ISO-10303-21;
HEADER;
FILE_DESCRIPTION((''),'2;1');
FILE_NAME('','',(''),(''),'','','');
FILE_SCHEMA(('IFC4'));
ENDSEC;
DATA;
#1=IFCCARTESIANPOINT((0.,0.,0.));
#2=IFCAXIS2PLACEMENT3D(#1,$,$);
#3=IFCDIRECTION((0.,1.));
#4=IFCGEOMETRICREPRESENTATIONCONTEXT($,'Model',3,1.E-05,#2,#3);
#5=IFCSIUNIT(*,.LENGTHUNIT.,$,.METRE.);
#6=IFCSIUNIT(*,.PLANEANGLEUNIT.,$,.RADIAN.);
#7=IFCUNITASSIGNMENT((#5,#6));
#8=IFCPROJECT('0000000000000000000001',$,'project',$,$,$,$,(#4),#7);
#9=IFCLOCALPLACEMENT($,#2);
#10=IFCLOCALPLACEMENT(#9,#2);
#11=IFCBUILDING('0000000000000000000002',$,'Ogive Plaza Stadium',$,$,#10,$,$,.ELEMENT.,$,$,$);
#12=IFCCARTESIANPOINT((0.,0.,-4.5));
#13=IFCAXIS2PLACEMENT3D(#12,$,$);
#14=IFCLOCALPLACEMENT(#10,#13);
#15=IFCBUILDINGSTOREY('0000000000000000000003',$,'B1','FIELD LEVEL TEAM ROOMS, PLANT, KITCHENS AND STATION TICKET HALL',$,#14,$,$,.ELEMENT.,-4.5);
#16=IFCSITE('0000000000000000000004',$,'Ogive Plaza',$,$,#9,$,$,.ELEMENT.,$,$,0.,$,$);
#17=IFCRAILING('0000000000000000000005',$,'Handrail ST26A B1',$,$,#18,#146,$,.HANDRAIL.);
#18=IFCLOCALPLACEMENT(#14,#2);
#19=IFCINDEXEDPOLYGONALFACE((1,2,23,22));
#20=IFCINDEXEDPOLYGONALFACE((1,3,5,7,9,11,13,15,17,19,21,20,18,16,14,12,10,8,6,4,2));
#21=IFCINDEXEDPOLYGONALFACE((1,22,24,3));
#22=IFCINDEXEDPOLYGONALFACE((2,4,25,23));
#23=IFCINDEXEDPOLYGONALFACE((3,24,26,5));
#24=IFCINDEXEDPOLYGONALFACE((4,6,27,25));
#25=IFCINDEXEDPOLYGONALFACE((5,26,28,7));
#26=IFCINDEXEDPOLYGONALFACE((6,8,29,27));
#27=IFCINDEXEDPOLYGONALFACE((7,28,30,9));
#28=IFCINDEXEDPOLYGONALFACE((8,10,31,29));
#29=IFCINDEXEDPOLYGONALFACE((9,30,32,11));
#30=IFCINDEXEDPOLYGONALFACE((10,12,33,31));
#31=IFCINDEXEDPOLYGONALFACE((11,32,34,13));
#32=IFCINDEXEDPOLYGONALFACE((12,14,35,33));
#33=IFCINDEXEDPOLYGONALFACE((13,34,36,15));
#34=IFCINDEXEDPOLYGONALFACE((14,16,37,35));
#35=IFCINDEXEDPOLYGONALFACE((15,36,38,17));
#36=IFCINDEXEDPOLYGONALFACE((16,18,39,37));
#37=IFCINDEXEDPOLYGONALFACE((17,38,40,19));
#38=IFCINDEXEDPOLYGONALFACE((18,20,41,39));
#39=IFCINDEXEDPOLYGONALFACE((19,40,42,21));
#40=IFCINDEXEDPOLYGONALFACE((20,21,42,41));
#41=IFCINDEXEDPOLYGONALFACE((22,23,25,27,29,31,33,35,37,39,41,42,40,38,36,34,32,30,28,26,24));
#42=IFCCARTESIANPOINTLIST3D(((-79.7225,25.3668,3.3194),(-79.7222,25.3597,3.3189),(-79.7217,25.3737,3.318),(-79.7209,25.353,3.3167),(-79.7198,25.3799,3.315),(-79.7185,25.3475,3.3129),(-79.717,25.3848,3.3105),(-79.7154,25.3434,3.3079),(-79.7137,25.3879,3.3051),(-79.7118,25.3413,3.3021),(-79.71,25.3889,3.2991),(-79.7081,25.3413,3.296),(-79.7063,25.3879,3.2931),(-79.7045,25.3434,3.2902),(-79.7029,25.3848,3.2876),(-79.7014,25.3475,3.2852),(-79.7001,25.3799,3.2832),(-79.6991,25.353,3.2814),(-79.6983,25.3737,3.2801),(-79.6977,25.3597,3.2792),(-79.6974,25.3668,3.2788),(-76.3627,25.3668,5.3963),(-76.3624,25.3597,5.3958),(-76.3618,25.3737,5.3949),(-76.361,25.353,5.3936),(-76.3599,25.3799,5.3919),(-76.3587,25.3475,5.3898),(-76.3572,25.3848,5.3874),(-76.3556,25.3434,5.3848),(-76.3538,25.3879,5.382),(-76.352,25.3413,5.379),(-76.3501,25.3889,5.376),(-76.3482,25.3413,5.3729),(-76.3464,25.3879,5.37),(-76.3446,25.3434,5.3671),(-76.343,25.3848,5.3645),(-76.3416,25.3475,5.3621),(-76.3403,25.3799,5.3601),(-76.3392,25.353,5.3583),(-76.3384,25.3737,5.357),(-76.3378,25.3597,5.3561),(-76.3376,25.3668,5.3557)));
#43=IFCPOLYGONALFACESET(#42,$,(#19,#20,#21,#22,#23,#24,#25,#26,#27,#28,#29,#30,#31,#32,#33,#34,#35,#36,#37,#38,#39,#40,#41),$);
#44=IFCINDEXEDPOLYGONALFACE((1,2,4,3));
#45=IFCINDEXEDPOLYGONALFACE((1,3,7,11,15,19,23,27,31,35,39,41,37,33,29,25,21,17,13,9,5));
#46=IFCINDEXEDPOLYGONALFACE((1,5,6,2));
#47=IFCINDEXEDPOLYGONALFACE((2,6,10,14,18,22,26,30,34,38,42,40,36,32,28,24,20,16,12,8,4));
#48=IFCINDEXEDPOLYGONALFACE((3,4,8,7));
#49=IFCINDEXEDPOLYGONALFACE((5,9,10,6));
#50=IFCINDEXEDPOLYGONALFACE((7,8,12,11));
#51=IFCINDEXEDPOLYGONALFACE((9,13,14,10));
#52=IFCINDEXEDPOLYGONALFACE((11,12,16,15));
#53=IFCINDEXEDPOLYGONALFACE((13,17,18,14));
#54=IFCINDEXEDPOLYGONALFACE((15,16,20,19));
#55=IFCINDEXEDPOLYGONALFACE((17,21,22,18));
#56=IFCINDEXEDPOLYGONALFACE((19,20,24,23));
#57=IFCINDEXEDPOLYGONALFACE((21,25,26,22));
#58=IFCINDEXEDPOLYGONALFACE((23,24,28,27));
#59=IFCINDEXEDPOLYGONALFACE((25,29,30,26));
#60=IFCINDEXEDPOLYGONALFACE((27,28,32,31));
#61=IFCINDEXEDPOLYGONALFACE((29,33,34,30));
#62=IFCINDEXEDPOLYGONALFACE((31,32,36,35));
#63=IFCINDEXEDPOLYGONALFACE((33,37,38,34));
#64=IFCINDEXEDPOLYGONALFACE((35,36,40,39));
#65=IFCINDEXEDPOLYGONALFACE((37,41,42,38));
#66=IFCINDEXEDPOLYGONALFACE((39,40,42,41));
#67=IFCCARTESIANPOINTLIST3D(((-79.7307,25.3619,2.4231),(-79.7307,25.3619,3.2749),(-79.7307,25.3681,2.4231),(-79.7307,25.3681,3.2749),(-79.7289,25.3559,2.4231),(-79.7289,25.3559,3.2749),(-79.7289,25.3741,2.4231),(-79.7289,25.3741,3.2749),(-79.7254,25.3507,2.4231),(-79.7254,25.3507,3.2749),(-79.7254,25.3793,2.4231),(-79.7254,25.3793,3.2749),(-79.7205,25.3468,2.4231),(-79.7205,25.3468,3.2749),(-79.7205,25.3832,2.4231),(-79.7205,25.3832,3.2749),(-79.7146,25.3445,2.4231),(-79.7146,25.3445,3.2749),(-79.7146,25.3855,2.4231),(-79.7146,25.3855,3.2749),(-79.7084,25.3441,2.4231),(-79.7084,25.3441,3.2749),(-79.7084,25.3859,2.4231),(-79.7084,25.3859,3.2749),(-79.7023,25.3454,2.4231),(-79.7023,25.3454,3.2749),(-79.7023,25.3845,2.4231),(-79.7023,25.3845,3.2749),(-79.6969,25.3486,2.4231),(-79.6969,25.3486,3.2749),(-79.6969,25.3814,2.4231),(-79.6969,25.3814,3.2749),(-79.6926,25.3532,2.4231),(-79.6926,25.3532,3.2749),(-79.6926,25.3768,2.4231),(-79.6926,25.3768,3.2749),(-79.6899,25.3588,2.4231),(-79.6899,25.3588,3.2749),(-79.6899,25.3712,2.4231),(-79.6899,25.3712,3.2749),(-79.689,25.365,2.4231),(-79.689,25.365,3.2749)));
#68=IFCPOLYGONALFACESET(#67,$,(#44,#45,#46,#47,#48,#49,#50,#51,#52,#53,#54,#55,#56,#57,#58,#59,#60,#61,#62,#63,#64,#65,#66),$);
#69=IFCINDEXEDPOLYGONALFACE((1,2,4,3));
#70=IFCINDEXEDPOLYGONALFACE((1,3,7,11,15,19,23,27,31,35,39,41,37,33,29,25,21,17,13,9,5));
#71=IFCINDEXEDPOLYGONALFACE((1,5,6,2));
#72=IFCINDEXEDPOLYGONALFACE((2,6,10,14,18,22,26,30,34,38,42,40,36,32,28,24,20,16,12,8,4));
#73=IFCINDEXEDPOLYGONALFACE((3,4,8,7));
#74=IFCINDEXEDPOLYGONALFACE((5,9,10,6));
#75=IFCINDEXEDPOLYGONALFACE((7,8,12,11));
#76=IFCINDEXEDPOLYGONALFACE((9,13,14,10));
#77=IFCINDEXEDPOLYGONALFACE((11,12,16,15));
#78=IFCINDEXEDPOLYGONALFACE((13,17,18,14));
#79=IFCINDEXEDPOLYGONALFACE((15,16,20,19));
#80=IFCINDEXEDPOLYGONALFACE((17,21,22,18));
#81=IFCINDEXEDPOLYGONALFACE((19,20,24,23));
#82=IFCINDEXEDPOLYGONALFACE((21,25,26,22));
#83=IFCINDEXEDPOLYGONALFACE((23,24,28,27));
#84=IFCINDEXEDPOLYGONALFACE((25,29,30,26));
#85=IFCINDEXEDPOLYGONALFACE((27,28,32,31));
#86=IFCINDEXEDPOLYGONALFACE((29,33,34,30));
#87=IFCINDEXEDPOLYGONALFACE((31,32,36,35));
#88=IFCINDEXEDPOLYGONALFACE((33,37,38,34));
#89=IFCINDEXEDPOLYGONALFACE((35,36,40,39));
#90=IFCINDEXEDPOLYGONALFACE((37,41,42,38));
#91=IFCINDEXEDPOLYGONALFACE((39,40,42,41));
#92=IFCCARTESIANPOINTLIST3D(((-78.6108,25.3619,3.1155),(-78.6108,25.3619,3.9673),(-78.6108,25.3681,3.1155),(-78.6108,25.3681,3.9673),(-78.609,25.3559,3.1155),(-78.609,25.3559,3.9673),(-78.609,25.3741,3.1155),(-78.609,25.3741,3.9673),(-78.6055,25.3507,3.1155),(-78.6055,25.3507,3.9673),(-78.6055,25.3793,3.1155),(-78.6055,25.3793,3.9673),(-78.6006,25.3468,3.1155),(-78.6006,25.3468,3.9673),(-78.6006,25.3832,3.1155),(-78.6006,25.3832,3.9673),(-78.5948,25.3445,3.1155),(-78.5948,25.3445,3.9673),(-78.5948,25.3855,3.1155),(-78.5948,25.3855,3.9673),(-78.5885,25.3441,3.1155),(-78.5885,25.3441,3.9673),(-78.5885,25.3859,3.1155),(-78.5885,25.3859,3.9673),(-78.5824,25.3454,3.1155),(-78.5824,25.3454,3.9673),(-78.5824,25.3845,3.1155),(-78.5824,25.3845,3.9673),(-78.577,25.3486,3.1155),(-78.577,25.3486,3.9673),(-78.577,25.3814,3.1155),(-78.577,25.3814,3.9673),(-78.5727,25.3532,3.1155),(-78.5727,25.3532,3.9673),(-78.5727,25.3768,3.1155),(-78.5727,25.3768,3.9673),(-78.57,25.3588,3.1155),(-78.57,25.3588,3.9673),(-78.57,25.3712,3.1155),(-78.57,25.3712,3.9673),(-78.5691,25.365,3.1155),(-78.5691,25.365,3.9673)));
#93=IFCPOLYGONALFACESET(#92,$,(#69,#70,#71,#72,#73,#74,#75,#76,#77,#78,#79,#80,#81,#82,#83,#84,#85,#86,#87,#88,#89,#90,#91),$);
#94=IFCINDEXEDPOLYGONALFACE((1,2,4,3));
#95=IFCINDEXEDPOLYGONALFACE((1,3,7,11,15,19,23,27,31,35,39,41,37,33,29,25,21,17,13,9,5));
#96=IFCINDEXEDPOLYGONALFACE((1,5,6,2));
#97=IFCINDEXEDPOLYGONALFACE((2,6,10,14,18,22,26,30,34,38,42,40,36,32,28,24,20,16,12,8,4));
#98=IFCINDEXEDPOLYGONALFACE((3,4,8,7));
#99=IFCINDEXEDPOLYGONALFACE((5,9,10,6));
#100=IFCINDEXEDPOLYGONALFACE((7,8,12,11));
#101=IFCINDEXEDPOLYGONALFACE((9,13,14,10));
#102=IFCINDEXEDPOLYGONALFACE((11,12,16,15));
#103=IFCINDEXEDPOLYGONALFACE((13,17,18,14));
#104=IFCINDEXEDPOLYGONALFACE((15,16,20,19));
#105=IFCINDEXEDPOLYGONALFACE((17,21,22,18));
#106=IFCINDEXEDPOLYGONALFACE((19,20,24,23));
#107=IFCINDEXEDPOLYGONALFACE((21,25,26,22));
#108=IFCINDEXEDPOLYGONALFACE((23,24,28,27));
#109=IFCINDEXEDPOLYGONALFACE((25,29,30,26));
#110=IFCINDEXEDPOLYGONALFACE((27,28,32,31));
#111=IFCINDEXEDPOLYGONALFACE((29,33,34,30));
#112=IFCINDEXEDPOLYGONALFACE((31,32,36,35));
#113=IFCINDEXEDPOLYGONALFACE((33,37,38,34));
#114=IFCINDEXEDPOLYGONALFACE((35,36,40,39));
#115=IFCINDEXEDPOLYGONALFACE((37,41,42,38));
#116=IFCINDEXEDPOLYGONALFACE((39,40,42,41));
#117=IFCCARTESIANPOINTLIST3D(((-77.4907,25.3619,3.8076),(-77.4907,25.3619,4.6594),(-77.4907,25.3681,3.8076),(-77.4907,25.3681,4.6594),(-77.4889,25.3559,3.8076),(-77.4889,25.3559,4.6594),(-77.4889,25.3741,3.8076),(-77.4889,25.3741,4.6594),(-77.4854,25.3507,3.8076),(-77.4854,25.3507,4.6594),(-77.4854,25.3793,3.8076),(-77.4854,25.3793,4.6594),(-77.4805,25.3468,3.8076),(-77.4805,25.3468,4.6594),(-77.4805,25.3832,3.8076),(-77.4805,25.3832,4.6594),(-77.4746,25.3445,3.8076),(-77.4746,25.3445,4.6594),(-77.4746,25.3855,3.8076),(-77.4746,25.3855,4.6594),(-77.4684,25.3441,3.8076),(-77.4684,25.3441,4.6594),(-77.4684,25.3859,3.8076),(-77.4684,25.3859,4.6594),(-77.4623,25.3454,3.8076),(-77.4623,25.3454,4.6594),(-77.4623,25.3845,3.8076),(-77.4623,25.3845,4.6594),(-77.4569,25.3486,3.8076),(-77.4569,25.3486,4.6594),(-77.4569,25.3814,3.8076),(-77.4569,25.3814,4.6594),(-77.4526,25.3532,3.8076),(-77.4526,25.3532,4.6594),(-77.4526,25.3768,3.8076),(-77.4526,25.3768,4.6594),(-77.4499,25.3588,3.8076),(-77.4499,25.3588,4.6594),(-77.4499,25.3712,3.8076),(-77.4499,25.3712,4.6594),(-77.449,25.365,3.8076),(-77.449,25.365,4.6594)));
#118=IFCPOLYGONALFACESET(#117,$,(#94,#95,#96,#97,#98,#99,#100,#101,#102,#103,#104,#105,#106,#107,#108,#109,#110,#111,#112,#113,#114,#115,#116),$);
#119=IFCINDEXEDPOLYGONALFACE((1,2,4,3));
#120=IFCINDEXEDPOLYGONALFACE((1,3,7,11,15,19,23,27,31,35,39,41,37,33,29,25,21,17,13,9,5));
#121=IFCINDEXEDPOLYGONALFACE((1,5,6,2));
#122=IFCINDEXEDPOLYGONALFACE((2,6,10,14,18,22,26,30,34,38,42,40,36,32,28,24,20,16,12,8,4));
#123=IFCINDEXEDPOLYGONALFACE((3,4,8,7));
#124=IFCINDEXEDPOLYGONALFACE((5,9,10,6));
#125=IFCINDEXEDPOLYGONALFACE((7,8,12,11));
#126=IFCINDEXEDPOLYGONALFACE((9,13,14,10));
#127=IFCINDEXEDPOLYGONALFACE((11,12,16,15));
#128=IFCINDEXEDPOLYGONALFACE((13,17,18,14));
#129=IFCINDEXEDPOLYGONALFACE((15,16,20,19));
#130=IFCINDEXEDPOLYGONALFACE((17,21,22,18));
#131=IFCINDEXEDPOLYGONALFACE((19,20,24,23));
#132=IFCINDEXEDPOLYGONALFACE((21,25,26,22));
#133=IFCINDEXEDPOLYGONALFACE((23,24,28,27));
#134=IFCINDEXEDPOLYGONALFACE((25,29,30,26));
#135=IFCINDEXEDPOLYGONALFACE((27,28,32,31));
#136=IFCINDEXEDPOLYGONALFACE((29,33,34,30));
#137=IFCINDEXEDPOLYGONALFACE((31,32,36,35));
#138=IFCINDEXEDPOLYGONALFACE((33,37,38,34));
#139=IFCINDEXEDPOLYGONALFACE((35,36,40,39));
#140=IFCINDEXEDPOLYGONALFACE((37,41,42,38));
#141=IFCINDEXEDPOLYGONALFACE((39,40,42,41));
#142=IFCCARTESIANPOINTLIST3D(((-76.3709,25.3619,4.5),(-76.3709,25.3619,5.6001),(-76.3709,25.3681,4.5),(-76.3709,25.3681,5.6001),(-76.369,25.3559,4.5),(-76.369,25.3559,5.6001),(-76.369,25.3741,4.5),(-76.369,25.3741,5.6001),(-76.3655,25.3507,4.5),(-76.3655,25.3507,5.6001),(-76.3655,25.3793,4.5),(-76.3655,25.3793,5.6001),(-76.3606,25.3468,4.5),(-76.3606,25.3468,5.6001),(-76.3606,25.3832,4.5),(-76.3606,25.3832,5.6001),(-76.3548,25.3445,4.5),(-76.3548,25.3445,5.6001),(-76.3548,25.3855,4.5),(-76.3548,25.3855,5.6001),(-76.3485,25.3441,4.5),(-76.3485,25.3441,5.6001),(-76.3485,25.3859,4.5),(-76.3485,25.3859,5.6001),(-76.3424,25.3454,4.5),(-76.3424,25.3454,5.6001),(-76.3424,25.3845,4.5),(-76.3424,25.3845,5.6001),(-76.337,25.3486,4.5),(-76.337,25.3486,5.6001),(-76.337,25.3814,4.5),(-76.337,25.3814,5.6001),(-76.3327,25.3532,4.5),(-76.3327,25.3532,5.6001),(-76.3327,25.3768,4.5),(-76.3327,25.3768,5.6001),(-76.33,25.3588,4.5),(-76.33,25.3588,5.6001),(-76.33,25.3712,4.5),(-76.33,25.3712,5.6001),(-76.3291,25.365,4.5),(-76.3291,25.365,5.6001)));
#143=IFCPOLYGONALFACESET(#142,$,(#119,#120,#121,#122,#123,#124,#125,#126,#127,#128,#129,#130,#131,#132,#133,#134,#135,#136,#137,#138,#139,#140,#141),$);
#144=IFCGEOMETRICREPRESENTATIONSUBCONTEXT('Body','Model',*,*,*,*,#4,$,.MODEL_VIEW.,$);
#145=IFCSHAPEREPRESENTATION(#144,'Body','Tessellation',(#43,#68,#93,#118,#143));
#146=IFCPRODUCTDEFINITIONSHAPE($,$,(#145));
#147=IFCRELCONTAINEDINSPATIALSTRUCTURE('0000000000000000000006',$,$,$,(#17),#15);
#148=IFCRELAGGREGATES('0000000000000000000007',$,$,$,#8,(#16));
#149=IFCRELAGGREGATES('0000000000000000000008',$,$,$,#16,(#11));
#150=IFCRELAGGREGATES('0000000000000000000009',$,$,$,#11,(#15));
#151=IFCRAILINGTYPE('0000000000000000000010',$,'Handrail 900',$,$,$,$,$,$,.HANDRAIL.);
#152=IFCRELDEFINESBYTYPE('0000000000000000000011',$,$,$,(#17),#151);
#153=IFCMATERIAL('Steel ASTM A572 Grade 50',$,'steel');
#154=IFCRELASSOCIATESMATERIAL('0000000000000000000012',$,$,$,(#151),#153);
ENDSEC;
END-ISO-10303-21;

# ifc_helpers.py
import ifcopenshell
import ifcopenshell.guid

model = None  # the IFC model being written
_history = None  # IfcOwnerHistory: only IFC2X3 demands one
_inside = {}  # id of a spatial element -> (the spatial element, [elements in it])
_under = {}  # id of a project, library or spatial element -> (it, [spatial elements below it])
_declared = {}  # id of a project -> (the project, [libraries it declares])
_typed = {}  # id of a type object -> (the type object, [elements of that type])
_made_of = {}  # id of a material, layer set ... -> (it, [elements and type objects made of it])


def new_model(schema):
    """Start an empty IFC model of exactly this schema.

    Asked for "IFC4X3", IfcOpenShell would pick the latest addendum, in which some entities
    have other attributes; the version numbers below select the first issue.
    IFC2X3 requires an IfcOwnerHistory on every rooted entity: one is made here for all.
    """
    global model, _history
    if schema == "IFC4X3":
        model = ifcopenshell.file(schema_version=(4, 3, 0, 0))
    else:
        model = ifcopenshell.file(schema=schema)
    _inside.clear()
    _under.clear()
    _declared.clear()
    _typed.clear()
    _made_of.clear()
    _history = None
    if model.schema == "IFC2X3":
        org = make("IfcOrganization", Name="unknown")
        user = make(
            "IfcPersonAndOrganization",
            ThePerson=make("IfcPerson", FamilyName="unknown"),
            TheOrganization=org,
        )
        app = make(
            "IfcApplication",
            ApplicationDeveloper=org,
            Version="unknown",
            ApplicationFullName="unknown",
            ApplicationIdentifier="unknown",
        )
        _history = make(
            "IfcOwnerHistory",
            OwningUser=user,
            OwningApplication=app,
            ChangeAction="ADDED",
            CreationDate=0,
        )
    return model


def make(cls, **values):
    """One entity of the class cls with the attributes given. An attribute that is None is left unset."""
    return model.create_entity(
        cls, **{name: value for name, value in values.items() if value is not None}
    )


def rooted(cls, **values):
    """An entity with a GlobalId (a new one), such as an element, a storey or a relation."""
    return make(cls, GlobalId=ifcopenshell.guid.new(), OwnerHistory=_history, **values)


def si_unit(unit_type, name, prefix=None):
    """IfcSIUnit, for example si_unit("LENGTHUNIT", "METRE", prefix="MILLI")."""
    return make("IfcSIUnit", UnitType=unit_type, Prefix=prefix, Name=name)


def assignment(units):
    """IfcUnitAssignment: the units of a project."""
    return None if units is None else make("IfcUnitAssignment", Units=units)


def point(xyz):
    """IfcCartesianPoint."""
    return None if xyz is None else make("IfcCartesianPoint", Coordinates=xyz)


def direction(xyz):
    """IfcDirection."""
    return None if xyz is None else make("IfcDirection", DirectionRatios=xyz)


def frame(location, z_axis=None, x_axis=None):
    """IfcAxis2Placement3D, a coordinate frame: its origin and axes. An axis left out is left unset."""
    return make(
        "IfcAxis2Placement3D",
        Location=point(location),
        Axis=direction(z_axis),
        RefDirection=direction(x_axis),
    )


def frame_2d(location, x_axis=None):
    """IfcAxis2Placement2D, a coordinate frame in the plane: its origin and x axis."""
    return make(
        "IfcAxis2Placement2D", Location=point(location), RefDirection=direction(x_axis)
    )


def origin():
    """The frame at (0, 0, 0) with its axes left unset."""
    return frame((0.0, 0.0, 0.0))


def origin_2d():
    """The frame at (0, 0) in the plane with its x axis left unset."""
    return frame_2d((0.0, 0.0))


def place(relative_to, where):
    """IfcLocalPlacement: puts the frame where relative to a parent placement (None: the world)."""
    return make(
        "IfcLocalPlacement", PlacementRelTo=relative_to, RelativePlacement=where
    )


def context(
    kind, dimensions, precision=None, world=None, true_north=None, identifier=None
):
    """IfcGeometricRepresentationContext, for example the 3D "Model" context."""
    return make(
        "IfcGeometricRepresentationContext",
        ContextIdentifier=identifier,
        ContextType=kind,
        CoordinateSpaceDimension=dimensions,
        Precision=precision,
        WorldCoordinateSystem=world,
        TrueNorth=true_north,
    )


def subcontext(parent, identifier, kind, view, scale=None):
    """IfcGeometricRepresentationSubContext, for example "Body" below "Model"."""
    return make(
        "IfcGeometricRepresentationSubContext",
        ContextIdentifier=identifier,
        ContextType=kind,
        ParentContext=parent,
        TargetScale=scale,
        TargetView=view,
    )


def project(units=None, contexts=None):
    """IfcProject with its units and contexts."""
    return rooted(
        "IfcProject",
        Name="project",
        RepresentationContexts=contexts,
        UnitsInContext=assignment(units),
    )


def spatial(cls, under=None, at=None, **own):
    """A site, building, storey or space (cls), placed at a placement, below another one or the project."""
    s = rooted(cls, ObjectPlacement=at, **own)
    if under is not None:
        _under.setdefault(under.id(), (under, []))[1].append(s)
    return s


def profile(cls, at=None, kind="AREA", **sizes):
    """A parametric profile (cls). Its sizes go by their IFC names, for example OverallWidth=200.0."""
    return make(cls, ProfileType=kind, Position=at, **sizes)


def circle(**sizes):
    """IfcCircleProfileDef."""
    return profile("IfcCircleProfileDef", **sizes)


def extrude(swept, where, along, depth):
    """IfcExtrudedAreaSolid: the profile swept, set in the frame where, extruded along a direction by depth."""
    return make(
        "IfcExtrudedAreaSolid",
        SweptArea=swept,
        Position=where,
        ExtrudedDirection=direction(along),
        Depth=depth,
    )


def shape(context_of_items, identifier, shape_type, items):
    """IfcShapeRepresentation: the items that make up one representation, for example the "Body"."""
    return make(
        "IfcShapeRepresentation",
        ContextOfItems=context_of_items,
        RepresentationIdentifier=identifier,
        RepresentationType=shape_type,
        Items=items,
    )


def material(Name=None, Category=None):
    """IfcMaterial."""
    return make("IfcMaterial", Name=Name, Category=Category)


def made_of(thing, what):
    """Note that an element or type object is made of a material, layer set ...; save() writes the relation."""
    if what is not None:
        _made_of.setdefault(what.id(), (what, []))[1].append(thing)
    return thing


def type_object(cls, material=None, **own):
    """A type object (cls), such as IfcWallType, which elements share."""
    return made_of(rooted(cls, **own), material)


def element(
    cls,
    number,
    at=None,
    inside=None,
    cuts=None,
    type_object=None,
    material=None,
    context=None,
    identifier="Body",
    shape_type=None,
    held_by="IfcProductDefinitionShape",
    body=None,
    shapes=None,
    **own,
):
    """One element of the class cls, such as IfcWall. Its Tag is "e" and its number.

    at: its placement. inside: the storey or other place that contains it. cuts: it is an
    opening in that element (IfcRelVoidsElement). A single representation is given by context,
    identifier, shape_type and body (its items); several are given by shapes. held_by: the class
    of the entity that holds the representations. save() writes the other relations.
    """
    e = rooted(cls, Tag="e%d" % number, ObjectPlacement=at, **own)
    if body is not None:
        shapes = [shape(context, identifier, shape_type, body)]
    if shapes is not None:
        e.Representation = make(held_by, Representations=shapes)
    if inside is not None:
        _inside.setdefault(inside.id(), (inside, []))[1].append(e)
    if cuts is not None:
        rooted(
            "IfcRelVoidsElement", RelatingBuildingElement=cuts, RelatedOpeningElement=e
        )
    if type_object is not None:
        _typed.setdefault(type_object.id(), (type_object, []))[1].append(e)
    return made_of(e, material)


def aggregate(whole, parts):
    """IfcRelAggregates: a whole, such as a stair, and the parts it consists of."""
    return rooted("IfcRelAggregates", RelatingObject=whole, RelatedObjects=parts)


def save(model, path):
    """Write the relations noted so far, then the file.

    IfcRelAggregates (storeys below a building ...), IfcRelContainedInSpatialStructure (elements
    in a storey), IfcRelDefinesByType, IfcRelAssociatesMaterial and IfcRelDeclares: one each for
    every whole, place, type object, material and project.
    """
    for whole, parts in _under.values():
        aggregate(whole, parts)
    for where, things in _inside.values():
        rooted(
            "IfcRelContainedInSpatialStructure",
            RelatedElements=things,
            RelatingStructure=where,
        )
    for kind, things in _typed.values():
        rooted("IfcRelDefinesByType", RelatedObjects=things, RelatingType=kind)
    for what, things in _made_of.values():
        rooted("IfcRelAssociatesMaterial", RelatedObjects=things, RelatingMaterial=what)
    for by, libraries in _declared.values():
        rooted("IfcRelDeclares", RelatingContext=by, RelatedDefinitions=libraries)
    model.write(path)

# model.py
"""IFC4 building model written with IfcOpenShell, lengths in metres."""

from ifc_helpers import new_model, si_unit, direction, frame, origin, origin_2d, place, context, subcontext, project, spatial, circle, extrude, material, type_object, element, save


model = new_model("IFC4")

# Units and contexts
model_context = context("Model", 3, precision=1e-05, world=origin(), true_north=direction((0.0, 1.0)))
body_context = subcontext(model_context, "Body", "Model", "MODEL_VIEW")
ifc_project = project(units=[si_unit("LENGTHUNIT", "METRE"), si_unit("PLANEANGLEUNIT", "RADIAN")], contexts=[model_context])

# Site, building, storey
site_placement = place(None, origin())
site = spatial("IfcSite", under=ifc_project, at=site_placement, Name="Ogive Plaza", CompositionType="ELEMENT", RefElevation=0.0)
building_placement = place(site_placement, origin())
building = spatial("IfcBuilding", under=site, at=building_placement, Name="Ogive Plaza Stadium", CompositionType="ELEMENT")
storey_placement = place(building_placement, frame((0.0, 0.0, -4.5)))
storey = spatial("IfcBuildingStorey", under=building, at=storey_placement, Name="B1", Description="FIELD LEVEL TEAM ROOMS, PLANT, KITCHENS AND STATION TICKET HALL", CompositionType="ELEMENT", Elevation=-4.5)

# Railing
ifc_material_1 = material(Name="Steel ASTM A572 Grade 50", Category="steel")
railing_type_1 = type_object("IfcRailingType", Name="Handrail 900", PredefinedType="HANDRAIL", material=ifc_material_1)
railing_1_placement = place(storey_placement, frame((-79.71, 25.365, 2.4231)))
element("IfcRailing", 1, at=railing_1_placement, inside=storey, type_object=railing_type_1, Name="Handrail ST26A B1", PredefinedType="HANDRAIL", context=body_context, shape_type="SweptSolid", body=[
    extrude(circle(Radius=0.0239, at=origin_2d()), frame((0.0, 0.0, 0.876), z_axis=(0.850606, 0.0, 0.525803), x_axis=(0.0, 1.0, 0.0)), (0.0, 0.0, 1.0), 3.95),
    extrude(circle(Radius=0.021, at=origin_2d()), origin(), (0.0, 0.0, 1.0), 0.8518),
    extrude(circle(Radius=0.021, at=origin_2d()), frame((1.1199, 0.0, 0.6924)), (0.0, 0.0, 1.0), 0.8518),
    extrude(circle(Radius=0.021, at=origin_2d()), frame((2.24, 0.0, 1.3845)), (0.0, 0.0, 1.0), 0.8518),
    extrude(circle(Radius=0.021, at=origin_2d()), frame((3.3599, 0.0, 2.0769)), (0.0, 0.0, 1.0), 1.1001),
])

save(model, "model.ifc")
